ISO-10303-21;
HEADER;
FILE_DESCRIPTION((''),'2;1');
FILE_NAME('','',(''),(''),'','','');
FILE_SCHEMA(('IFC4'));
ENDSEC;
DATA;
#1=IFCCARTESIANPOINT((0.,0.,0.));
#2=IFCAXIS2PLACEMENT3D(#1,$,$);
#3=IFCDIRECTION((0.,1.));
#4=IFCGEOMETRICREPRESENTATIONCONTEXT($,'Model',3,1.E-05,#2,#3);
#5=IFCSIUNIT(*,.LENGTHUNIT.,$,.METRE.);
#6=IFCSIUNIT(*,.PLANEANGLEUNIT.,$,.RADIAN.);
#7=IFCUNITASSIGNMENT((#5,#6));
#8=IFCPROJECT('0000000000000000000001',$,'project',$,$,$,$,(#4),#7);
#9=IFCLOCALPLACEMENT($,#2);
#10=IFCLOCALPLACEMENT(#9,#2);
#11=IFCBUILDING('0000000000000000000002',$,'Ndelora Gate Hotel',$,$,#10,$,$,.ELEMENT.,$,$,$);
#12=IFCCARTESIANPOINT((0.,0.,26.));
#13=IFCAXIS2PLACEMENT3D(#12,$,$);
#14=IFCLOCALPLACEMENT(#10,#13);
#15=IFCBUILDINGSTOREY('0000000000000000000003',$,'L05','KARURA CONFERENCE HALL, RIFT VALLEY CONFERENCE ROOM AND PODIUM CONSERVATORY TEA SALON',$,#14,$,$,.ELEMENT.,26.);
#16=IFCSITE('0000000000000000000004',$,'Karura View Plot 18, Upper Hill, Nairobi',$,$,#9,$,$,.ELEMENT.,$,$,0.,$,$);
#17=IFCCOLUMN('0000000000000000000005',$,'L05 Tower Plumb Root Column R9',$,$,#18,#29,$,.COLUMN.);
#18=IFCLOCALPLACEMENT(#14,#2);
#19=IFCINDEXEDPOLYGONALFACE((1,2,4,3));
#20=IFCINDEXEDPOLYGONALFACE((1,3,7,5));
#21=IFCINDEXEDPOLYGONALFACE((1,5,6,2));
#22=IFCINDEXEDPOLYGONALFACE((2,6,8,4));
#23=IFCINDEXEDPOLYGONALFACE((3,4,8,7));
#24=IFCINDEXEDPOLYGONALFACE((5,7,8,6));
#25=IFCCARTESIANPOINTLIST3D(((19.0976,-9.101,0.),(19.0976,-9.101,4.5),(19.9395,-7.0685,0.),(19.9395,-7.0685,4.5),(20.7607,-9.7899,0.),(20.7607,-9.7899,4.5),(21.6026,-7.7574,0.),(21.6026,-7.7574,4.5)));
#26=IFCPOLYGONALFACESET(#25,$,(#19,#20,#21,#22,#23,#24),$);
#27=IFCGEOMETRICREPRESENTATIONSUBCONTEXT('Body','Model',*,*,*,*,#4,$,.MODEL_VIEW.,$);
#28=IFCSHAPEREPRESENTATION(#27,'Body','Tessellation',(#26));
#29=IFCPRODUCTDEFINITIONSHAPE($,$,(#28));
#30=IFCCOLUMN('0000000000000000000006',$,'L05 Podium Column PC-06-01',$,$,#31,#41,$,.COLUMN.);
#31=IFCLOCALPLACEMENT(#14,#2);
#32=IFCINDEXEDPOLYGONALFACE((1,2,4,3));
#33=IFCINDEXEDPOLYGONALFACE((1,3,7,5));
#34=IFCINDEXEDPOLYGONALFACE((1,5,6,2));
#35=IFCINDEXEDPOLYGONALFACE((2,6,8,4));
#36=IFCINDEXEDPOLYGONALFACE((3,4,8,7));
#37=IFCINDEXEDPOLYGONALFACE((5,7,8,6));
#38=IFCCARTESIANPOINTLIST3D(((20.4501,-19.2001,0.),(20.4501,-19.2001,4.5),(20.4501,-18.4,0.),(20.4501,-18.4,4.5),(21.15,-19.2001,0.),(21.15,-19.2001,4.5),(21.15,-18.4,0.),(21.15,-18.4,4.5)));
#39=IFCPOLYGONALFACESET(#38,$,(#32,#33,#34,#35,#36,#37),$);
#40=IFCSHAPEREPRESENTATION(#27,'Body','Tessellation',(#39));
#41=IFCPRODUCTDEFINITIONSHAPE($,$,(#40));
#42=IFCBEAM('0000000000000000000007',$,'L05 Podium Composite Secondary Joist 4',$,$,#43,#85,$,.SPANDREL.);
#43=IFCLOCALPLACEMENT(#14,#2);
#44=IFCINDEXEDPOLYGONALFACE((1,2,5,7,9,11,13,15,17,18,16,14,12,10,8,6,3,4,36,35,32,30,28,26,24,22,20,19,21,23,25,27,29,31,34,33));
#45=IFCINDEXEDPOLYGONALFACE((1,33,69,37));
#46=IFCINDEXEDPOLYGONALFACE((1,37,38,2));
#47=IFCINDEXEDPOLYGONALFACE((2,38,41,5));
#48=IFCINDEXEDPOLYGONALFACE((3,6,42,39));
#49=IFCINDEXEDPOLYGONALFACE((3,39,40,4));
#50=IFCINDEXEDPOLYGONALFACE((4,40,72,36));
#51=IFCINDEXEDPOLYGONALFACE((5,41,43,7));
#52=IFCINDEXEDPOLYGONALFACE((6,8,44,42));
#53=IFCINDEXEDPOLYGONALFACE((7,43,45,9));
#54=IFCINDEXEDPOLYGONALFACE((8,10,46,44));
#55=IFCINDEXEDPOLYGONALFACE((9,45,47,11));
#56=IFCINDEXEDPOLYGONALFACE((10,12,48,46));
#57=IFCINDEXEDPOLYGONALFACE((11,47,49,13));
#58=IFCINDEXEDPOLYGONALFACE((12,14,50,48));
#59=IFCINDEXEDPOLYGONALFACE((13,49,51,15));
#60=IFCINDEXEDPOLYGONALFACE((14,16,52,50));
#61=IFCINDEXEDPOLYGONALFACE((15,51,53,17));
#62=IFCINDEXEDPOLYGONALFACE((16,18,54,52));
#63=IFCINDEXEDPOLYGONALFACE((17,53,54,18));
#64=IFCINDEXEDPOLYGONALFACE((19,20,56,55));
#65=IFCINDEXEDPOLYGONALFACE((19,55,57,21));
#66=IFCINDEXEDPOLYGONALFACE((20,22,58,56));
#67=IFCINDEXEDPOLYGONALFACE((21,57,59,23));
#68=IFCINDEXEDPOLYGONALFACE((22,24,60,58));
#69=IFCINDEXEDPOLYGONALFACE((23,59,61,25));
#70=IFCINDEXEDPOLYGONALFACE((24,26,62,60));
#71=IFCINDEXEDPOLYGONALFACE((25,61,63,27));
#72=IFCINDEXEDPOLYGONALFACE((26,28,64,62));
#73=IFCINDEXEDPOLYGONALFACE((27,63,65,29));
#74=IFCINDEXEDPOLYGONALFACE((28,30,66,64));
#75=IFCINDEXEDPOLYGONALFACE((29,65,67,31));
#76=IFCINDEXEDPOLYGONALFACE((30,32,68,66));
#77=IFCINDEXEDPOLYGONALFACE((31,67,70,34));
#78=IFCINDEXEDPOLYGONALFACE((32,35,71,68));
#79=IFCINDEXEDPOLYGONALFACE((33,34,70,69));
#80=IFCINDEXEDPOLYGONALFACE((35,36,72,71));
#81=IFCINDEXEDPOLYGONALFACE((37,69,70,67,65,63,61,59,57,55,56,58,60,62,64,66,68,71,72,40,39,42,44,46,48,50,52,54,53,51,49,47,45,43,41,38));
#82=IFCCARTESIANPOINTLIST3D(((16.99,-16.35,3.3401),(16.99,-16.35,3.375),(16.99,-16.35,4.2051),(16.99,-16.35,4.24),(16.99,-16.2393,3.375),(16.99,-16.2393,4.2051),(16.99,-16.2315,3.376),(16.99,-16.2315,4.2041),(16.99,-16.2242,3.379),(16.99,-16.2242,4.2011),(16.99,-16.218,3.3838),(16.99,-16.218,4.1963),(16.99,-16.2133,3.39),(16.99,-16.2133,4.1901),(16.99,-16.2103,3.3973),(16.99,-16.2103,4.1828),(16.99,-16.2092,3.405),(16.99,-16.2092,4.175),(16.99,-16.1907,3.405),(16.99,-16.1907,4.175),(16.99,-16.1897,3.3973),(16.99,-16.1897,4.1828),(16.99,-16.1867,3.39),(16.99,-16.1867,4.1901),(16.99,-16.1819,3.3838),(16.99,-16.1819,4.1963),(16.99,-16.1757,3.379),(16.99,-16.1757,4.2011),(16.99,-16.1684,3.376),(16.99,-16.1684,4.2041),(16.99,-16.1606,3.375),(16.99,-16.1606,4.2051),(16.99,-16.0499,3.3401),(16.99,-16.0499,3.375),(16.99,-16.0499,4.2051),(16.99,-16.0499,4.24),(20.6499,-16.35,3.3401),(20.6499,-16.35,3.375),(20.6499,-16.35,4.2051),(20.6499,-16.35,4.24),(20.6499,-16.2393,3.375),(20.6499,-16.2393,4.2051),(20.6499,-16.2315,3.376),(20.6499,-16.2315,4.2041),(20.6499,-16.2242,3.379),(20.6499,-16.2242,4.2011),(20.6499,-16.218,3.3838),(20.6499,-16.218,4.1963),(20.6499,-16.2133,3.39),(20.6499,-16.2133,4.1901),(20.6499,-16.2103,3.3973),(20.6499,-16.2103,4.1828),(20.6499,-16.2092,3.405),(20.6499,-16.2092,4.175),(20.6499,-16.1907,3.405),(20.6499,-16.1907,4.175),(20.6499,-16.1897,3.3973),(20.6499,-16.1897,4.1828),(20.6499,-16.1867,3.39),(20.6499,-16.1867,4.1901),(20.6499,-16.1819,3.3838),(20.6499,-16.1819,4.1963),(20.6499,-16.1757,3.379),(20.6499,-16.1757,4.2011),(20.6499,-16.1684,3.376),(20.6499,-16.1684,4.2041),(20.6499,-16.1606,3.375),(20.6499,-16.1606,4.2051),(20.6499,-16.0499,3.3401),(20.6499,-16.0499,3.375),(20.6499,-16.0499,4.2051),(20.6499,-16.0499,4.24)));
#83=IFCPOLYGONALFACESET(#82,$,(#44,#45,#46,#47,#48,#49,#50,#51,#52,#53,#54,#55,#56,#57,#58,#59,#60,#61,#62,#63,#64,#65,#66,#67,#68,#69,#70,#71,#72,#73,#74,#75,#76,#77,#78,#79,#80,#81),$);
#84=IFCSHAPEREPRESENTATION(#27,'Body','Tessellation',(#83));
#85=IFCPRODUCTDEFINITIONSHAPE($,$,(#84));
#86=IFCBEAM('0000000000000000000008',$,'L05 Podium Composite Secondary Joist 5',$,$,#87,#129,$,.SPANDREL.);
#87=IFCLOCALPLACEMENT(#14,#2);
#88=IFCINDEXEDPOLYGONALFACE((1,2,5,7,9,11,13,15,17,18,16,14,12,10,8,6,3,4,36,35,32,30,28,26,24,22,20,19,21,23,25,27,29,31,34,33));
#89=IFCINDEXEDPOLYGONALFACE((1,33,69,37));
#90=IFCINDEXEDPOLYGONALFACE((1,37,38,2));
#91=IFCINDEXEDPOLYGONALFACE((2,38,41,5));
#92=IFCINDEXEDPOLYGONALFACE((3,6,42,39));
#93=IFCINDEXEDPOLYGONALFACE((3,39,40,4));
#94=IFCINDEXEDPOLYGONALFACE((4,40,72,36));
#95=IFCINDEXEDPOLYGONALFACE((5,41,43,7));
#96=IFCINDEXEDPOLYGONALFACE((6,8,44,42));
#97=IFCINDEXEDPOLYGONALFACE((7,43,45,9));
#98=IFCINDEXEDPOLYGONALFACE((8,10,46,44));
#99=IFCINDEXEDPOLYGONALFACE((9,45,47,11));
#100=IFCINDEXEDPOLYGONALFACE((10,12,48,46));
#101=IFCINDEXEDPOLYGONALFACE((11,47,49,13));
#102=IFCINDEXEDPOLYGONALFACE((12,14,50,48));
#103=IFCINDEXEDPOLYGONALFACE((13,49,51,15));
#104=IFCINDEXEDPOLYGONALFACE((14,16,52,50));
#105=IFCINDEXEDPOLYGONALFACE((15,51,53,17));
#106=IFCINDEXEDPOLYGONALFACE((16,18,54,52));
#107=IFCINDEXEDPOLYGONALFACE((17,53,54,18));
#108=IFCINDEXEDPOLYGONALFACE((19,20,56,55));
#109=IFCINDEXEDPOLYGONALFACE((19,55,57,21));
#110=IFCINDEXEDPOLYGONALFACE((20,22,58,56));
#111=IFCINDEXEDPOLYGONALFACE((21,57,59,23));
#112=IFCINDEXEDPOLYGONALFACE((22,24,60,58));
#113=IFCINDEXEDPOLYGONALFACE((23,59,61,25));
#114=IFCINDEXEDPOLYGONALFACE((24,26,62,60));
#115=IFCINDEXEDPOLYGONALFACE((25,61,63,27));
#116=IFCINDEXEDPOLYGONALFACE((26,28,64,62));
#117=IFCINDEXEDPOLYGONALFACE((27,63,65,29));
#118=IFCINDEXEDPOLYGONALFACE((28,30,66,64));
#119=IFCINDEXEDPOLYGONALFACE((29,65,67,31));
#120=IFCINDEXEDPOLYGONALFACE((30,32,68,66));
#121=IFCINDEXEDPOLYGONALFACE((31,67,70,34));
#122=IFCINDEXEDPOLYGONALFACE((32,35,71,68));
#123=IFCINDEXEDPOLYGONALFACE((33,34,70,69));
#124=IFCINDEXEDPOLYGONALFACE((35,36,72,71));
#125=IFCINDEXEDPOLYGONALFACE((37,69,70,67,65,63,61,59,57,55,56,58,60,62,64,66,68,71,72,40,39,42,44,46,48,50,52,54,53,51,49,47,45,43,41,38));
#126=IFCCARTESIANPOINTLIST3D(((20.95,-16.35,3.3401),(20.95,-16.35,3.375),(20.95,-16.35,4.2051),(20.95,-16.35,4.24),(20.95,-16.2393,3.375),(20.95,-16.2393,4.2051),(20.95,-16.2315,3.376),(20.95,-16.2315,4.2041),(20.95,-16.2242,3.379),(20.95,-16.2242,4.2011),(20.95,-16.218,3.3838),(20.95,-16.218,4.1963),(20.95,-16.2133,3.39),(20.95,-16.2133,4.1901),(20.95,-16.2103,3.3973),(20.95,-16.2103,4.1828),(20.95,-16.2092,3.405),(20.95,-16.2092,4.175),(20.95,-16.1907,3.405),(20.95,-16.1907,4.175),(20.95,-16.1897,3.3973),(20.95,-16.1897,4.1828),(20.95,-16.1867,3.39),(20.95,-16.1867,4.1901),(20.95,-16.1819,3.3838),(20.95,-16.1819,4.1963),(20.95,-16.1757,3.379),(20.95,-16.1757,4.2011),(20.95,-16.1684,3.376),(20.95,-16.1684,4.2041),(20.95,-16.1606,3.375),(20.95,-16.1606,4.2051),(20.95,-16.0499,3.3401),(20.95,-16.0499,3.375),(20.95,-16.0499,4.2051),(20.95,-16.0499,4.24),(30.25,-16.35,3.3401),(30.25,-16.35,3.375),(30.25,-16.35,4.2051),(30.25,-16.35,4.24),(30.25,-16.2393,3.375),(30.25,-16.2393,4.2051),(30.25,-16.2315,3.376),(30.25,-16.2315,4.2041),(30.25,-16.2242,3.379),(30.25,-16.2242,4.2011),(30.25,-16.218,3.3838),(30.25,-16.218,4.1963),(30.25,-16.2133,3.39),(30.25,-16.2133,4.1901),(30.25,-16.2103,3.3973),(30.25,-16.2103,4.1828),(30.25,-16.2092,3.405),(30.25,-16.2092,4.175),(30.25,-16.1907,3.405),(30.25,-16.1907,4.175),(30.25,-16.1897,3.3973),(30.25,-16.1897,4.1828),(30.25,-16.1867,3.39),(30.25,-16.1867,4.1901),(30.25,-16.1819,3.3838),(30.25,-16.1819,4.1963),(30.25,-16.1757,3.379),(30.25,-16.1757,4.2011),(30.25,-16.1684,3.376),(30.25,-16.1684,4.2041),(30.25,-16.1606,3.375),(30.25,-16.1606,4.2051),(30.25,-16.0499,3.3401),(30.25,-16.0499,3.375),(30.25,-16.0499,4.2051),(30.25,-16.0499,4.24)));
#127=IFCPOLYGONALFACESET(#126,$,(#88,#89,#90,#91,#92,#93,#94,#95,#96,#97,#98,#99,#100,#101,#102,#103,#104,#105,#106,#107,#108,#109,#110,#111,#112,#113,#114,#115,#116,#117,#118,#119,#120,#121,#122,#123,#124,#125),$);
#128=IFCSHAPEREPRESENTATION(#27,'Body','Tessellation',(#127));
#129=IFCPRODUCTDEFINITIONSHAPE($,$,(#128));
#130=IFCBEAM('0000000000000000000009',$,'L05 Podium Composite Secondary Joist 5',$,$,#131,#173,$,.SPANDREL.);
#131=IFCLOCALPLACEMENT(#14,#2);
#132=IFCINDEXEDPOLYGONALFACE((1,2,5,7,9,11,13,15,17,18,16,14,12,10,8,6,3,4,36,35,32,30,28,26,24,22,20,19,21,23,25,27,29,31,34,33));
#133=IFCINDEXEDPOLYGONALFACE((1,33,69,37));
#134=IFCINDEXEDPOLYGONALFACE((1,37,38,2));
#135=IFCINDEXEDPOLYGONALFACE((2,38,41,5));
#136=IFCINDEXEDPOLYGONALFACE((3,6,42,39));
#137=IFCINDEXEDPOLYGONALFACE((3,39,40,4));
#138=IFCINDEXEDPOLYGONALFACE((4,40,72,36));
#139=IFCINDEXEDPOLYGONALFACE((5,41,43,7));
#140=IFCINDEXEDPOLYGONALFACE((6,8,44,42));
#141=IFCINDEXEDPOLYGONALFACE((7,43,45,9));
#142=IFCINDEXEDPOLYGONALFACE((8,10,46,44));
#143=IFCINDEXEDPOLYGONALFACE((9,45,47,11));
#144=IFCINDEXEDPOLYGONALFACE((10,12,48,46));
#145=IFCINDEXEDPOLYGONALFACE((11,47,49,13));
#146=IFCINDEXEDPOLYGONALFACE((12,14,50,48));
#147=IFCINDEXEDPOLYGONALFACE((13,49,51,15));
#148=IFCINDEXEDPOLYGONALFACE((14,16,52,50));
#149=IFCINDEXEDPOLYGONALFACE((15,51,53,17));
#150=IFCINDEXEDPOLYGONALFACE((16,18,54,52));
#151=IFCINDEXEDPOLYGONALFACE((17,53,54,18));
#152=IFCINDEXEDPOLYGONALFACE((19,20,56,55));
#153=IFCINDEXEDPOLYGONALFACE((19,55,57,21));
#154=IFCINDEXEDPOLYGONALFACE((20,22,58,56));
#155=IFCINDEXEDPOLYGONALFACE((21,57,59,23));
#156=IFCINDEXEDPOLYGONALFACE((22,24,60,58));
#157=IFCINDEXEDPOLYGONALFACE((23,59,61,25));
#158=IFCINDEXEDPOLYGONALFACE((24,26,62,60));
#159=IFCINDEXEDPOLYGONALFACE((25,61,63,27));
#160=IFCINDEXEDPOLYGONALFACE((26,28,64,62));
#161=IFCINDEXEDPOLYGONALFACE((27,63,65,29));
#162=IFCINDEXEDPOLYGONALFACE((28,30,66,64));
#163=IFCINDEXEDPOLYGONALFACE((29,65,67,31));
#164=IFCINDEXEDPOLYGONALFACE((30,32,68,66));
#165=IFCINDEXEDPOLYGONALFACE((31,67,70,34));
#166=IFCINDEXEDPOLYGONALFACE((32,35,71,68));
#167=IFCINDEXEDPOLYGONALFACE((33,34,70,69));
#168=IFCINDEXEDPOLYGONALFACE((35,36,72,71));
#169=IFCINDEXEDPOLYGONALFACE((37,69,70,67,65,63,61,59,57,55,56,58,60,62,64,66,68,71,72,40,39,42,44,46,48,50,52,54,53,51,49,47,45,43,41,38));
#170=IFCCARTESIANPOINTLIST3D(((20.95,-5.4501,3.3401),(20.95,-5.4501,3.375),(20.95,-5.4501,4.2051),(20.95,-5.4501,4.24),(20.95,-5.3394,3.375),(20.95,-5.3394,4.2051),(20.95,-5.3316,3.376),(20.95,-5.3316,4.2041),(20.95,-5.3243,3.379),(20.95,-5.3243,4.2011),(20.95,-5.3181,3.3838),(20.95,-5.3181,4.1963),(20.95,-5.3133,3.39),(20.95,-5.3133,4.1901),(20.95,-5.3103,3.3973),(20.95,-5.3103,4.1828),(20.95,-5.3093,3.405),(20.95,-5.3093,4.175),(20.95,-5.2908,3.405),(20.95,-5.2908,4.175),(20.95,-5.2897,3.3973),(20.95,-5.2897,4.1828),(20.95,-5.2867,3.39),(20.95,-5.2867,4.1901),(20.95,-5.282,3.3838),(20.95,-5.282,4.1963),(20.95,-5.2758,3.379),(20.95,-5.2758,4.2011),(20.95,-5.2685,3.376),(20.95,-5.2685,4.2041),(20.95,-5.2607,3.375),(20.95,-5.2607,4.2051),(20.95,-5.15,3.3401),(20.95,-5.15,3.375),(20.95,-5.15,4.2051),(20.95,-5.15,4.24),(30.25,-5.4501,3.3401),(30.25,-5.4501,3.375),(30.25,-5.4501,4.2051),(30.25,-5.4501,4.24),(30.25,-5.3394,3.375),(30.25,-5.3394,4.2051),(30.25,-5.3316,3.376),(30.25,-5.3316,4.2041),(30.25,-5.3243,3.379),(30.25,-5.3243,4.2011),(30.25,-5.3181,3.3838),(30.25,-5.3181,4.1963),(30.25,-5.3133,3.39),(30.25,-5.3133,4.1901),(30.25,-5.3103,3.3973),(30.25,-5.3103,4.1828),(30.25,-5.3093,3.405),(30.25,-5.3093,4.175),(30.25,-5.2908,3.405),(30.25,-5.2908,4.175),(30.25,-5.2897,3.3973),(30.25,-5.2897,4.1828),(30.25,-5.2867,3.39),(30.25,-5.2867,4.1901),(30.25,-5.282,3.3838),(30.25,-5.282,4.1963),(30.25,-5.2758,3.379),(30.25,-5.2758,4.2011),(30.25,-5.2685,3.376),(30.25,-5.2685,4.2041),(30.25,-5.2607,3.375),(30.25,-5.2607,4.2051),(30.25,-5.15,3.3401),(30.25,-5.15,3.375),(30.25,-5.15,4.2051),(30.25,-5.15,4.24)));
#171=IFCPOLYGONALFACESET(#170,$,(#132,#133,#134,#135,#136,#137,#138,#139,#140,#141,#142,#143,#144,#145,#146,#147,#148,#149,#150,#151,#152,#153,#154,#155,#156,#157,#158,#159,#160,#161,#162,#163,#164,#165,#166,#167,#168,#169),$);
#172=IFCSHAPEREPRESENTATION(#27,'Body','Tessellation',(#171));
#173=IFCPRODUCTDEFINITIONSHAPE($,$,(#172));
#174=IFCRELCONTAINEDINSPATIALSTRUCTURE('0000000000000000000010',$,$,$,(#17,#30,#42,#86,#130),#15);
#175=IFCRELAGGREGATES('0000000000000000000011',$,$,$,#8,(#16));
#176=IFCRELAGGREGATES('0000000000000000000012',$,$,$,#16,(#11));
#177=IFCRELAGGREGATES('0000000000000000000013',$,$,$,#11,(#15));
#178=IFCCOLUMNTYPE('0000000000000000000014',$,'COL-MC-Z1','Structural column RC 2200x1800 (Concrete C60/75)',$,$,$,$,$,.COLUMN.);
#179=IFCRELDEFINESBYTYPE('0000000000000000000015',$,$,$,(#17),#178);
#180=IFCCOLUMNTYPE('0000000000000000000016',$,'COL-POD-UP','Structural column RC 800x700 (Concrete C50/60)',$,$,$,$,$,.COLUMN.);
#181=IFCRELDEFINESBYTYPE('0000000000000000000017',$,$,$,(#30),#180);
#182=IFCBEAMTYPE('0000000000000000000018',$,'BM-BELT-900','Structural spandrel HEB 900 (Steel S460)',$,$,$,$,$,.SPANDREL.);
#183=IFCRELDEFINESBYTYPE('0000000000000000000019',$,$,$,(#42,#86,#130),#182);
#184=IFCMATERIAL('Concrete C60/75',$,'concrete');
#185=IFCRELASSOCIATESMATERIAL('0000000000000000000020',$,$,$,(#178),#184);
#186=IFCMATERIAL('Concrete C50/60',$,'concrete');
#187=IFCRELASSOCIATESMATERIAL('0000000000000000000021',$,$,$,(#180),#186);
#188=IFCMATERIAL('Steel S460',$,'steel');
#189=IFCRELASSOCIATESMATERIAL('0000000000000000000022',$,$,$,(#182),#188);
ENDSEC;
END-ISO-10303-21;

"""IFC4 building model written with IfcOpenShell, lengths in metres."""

from ifc_helpers import new_model, si_unit, direction, frame, origin, origin_2d, place, context, subcontext, project, spatial, rectangle, i_section, extrude, material, material_profile, profile_set, type_object, element, save


model = new_model("IFC4")

# Units and contexts
model_context = context("Model", 3, precision=1e-05, world=origin(), true_north=direction((0.0, 1.0)))
body_context = subcontext(model_context, "Body", "Model", "MODEL_VIEW")
ifc_project = project(units=[si_unit("LENGTHUNIT", "METRE"), si_unit("PLANEANGLEUNIT", "RADIAN")], contexts=[model_context])

# Site, building, storey
site_placement = place(None, origin())
site = spatial("IfcSite", under=ifc_project, at=site_placement, Name="Karura View Plot 18, Upper Hill, Nairobi", CompositionType="ELEMENT", RefElevation=0.0)
building_placement = place(site_placement, origin())
building = spatial("IfcBuilding", under=site, at=building_placement, Name="Ndelora Gate Hotel", CompositionType="ELEMENT")
storey_placement = place(building_placement, frame((0.0, 0.0, 26.0)))
storey = spatial("IfcBuildingStorey", under=building, at=storey_placement, Name="L05", Description="KARURA CONFERENCE HALL, RIFT VALLEY CONFERENCE ROOM AND PODIUM CONSERVATORY TEA SALON", CompositionType="ELEMENT", Elevation=26.0)

# Columns
ifc_material_1 = material(Name="Concrete C60/75", Category="concrete")
ifc_material_profile_1 = material_profile(ifc_material_1, rectangle(XDim=1.8, YDim=2.2, at=origin_2d()), Name="RC 2200x1800")
ifc_profile_set_1 = profile_set([ifc_material_profile_1], Name="Concrete C60/75")
column_type_1 = type_object("IfcColumnType", Name="COL-MC-Z1", Description="Structural column RC 2200x1800 (Concrete C60/75)", PredefinedType="COLUMN", material=ifc_profile_set_1)
column_1_placement = place(storey_placement, frame((20.3501, -8.4292, 0.0), z_axis=(0.0, 0.0, 1.0), x_axis=(-0.92388, 0.382683, 0.0)))
element("IfcColumn", 1, at=column_1_placement, inside=storey, type_object=column_type_1, Name="L05 Tower Plumb Root Column R9", PredefinedType="COLUMN", context=body_context, shape_type="SweptSolid", body=[
    extrude(rectangle(XDim=1.8, YDim=2.2, at=origin_2d()), origin(), (0.0, 0.0, 1.0), 4.5),
])
ifc_material_2 = material(Name="Concrete C50/60", Category="concrete")
ifc_material_profile_2 = material_profile(ifc_material_2, rectangle(XDim=0.7, YDim=0.8, at=origin_2d()), Name="RC 800x700")
ifc_profile_set_2 = profile_set([ifc_material_profile_2], Name="Concrete C50/60")
column_type_2 = type_object("IfcColumnType", Name="COL-POD-UP", Description="Structural column RC 800x700 (Concrete C50/60)", PredefinedType="COLUMN", material=ifc_profile_set_2)
column_2_placement = place(storey_placement, frame((20.8, -18.8, 0.0), z_axis=(0.0, 0.0, 1.0), x_axis=(1.0, 0.0, 0.0)))
element("IfcColumn", 2, at=column_2_placement, inside=storey, type_object=column_type_2, Name="L05 Podium Column PC-06-01", PredefinedType="COLUMN", context=body_context, shape_type="SweptSolid", body=[
    extrude(rectangle(XDim=0.7, YDim=0.8, at=origin_2d()), origin(), (0.0, 0.0, 1.0), 4.5),
])

# Beams
ifc_material_3 = material(Name="Steel S460", Category="steel")
ifc_material_profile_3 = material_profile(ifc_material_3, i_section(OverallWidth=0.3, OverallDepth=0.8999, WebThickness=0.0186, FlangeThickness=0.0349, FilletRadius=0.03, at=origin_2d()), Name="HEB 900")
ifc_profile_set_3 = profile_set([ifc_material_profile_3], Name="Steel S460")
beam_type_1 = type_object("IfcBeamType", Name="BM-BELT-900", Description="Structural spandrel HEB 900 (Steel S460)", PredefinedType="SPANDREL", material=ifc_profile_set_3)
beam_1_placement = place(storey_placement, frame((16.99, -16.2, 3.79), z_axis=(1.0, 0.0, 0.0), x_axis=(0.0, 1.0, 0.0)))
element("IfcBeam", 3, at=beam_1_placement, inside=storey, type_object=beam_type_1, Name="L05 Podium Composite Secondary Joist 4", PredefinedType="SPANDREL", context=body_context, shape_type="SweptSolid", body=[
    extrude(i_section(OverallWidth=0.3, OverallDepth=0.8999, WebThickness=0.0186, FlangeThickness=0.0349, FilletRadius=0.03, at=origin_2d()), origin(), (0.0, 0.0, 1.0), 3.6599),
])
for number, where, z_axis, x_axis, name in (
    (4, (20.95, -16.2, 3.79), (1.0, 0.0, 0.0), (0.0, 1.0, 0.0), "L05 Podium Composite Secondary Joist 5"),
    (5, (20.95, -5.3, 3.79), (1.0, 0.0, 0.0), (0.0, 1.0, 0.0), "L05 Podium Composite Secondary Joist 5"),
):
    element("IfcBeam", number, at=place(storey_placement, frame(where, z_axis=z_axis, x_axis=x_axis)), inside=storey, type_object=beam_type_1, Name=name, PredefinedType="SPANDREL", context=body_context, shape_type="SweptSolid", body=[
        extrude(i_section(OverallWidth=0.3, OverallDepth=0.8999, WebThickness=0.0186, FlangeThickness=0.0349, FilletRadius=0.03, at=origin_2d()), origin(), (0.0, 0.0, 1.0), 9.3),
    ])

save(model, "model.ifc")
